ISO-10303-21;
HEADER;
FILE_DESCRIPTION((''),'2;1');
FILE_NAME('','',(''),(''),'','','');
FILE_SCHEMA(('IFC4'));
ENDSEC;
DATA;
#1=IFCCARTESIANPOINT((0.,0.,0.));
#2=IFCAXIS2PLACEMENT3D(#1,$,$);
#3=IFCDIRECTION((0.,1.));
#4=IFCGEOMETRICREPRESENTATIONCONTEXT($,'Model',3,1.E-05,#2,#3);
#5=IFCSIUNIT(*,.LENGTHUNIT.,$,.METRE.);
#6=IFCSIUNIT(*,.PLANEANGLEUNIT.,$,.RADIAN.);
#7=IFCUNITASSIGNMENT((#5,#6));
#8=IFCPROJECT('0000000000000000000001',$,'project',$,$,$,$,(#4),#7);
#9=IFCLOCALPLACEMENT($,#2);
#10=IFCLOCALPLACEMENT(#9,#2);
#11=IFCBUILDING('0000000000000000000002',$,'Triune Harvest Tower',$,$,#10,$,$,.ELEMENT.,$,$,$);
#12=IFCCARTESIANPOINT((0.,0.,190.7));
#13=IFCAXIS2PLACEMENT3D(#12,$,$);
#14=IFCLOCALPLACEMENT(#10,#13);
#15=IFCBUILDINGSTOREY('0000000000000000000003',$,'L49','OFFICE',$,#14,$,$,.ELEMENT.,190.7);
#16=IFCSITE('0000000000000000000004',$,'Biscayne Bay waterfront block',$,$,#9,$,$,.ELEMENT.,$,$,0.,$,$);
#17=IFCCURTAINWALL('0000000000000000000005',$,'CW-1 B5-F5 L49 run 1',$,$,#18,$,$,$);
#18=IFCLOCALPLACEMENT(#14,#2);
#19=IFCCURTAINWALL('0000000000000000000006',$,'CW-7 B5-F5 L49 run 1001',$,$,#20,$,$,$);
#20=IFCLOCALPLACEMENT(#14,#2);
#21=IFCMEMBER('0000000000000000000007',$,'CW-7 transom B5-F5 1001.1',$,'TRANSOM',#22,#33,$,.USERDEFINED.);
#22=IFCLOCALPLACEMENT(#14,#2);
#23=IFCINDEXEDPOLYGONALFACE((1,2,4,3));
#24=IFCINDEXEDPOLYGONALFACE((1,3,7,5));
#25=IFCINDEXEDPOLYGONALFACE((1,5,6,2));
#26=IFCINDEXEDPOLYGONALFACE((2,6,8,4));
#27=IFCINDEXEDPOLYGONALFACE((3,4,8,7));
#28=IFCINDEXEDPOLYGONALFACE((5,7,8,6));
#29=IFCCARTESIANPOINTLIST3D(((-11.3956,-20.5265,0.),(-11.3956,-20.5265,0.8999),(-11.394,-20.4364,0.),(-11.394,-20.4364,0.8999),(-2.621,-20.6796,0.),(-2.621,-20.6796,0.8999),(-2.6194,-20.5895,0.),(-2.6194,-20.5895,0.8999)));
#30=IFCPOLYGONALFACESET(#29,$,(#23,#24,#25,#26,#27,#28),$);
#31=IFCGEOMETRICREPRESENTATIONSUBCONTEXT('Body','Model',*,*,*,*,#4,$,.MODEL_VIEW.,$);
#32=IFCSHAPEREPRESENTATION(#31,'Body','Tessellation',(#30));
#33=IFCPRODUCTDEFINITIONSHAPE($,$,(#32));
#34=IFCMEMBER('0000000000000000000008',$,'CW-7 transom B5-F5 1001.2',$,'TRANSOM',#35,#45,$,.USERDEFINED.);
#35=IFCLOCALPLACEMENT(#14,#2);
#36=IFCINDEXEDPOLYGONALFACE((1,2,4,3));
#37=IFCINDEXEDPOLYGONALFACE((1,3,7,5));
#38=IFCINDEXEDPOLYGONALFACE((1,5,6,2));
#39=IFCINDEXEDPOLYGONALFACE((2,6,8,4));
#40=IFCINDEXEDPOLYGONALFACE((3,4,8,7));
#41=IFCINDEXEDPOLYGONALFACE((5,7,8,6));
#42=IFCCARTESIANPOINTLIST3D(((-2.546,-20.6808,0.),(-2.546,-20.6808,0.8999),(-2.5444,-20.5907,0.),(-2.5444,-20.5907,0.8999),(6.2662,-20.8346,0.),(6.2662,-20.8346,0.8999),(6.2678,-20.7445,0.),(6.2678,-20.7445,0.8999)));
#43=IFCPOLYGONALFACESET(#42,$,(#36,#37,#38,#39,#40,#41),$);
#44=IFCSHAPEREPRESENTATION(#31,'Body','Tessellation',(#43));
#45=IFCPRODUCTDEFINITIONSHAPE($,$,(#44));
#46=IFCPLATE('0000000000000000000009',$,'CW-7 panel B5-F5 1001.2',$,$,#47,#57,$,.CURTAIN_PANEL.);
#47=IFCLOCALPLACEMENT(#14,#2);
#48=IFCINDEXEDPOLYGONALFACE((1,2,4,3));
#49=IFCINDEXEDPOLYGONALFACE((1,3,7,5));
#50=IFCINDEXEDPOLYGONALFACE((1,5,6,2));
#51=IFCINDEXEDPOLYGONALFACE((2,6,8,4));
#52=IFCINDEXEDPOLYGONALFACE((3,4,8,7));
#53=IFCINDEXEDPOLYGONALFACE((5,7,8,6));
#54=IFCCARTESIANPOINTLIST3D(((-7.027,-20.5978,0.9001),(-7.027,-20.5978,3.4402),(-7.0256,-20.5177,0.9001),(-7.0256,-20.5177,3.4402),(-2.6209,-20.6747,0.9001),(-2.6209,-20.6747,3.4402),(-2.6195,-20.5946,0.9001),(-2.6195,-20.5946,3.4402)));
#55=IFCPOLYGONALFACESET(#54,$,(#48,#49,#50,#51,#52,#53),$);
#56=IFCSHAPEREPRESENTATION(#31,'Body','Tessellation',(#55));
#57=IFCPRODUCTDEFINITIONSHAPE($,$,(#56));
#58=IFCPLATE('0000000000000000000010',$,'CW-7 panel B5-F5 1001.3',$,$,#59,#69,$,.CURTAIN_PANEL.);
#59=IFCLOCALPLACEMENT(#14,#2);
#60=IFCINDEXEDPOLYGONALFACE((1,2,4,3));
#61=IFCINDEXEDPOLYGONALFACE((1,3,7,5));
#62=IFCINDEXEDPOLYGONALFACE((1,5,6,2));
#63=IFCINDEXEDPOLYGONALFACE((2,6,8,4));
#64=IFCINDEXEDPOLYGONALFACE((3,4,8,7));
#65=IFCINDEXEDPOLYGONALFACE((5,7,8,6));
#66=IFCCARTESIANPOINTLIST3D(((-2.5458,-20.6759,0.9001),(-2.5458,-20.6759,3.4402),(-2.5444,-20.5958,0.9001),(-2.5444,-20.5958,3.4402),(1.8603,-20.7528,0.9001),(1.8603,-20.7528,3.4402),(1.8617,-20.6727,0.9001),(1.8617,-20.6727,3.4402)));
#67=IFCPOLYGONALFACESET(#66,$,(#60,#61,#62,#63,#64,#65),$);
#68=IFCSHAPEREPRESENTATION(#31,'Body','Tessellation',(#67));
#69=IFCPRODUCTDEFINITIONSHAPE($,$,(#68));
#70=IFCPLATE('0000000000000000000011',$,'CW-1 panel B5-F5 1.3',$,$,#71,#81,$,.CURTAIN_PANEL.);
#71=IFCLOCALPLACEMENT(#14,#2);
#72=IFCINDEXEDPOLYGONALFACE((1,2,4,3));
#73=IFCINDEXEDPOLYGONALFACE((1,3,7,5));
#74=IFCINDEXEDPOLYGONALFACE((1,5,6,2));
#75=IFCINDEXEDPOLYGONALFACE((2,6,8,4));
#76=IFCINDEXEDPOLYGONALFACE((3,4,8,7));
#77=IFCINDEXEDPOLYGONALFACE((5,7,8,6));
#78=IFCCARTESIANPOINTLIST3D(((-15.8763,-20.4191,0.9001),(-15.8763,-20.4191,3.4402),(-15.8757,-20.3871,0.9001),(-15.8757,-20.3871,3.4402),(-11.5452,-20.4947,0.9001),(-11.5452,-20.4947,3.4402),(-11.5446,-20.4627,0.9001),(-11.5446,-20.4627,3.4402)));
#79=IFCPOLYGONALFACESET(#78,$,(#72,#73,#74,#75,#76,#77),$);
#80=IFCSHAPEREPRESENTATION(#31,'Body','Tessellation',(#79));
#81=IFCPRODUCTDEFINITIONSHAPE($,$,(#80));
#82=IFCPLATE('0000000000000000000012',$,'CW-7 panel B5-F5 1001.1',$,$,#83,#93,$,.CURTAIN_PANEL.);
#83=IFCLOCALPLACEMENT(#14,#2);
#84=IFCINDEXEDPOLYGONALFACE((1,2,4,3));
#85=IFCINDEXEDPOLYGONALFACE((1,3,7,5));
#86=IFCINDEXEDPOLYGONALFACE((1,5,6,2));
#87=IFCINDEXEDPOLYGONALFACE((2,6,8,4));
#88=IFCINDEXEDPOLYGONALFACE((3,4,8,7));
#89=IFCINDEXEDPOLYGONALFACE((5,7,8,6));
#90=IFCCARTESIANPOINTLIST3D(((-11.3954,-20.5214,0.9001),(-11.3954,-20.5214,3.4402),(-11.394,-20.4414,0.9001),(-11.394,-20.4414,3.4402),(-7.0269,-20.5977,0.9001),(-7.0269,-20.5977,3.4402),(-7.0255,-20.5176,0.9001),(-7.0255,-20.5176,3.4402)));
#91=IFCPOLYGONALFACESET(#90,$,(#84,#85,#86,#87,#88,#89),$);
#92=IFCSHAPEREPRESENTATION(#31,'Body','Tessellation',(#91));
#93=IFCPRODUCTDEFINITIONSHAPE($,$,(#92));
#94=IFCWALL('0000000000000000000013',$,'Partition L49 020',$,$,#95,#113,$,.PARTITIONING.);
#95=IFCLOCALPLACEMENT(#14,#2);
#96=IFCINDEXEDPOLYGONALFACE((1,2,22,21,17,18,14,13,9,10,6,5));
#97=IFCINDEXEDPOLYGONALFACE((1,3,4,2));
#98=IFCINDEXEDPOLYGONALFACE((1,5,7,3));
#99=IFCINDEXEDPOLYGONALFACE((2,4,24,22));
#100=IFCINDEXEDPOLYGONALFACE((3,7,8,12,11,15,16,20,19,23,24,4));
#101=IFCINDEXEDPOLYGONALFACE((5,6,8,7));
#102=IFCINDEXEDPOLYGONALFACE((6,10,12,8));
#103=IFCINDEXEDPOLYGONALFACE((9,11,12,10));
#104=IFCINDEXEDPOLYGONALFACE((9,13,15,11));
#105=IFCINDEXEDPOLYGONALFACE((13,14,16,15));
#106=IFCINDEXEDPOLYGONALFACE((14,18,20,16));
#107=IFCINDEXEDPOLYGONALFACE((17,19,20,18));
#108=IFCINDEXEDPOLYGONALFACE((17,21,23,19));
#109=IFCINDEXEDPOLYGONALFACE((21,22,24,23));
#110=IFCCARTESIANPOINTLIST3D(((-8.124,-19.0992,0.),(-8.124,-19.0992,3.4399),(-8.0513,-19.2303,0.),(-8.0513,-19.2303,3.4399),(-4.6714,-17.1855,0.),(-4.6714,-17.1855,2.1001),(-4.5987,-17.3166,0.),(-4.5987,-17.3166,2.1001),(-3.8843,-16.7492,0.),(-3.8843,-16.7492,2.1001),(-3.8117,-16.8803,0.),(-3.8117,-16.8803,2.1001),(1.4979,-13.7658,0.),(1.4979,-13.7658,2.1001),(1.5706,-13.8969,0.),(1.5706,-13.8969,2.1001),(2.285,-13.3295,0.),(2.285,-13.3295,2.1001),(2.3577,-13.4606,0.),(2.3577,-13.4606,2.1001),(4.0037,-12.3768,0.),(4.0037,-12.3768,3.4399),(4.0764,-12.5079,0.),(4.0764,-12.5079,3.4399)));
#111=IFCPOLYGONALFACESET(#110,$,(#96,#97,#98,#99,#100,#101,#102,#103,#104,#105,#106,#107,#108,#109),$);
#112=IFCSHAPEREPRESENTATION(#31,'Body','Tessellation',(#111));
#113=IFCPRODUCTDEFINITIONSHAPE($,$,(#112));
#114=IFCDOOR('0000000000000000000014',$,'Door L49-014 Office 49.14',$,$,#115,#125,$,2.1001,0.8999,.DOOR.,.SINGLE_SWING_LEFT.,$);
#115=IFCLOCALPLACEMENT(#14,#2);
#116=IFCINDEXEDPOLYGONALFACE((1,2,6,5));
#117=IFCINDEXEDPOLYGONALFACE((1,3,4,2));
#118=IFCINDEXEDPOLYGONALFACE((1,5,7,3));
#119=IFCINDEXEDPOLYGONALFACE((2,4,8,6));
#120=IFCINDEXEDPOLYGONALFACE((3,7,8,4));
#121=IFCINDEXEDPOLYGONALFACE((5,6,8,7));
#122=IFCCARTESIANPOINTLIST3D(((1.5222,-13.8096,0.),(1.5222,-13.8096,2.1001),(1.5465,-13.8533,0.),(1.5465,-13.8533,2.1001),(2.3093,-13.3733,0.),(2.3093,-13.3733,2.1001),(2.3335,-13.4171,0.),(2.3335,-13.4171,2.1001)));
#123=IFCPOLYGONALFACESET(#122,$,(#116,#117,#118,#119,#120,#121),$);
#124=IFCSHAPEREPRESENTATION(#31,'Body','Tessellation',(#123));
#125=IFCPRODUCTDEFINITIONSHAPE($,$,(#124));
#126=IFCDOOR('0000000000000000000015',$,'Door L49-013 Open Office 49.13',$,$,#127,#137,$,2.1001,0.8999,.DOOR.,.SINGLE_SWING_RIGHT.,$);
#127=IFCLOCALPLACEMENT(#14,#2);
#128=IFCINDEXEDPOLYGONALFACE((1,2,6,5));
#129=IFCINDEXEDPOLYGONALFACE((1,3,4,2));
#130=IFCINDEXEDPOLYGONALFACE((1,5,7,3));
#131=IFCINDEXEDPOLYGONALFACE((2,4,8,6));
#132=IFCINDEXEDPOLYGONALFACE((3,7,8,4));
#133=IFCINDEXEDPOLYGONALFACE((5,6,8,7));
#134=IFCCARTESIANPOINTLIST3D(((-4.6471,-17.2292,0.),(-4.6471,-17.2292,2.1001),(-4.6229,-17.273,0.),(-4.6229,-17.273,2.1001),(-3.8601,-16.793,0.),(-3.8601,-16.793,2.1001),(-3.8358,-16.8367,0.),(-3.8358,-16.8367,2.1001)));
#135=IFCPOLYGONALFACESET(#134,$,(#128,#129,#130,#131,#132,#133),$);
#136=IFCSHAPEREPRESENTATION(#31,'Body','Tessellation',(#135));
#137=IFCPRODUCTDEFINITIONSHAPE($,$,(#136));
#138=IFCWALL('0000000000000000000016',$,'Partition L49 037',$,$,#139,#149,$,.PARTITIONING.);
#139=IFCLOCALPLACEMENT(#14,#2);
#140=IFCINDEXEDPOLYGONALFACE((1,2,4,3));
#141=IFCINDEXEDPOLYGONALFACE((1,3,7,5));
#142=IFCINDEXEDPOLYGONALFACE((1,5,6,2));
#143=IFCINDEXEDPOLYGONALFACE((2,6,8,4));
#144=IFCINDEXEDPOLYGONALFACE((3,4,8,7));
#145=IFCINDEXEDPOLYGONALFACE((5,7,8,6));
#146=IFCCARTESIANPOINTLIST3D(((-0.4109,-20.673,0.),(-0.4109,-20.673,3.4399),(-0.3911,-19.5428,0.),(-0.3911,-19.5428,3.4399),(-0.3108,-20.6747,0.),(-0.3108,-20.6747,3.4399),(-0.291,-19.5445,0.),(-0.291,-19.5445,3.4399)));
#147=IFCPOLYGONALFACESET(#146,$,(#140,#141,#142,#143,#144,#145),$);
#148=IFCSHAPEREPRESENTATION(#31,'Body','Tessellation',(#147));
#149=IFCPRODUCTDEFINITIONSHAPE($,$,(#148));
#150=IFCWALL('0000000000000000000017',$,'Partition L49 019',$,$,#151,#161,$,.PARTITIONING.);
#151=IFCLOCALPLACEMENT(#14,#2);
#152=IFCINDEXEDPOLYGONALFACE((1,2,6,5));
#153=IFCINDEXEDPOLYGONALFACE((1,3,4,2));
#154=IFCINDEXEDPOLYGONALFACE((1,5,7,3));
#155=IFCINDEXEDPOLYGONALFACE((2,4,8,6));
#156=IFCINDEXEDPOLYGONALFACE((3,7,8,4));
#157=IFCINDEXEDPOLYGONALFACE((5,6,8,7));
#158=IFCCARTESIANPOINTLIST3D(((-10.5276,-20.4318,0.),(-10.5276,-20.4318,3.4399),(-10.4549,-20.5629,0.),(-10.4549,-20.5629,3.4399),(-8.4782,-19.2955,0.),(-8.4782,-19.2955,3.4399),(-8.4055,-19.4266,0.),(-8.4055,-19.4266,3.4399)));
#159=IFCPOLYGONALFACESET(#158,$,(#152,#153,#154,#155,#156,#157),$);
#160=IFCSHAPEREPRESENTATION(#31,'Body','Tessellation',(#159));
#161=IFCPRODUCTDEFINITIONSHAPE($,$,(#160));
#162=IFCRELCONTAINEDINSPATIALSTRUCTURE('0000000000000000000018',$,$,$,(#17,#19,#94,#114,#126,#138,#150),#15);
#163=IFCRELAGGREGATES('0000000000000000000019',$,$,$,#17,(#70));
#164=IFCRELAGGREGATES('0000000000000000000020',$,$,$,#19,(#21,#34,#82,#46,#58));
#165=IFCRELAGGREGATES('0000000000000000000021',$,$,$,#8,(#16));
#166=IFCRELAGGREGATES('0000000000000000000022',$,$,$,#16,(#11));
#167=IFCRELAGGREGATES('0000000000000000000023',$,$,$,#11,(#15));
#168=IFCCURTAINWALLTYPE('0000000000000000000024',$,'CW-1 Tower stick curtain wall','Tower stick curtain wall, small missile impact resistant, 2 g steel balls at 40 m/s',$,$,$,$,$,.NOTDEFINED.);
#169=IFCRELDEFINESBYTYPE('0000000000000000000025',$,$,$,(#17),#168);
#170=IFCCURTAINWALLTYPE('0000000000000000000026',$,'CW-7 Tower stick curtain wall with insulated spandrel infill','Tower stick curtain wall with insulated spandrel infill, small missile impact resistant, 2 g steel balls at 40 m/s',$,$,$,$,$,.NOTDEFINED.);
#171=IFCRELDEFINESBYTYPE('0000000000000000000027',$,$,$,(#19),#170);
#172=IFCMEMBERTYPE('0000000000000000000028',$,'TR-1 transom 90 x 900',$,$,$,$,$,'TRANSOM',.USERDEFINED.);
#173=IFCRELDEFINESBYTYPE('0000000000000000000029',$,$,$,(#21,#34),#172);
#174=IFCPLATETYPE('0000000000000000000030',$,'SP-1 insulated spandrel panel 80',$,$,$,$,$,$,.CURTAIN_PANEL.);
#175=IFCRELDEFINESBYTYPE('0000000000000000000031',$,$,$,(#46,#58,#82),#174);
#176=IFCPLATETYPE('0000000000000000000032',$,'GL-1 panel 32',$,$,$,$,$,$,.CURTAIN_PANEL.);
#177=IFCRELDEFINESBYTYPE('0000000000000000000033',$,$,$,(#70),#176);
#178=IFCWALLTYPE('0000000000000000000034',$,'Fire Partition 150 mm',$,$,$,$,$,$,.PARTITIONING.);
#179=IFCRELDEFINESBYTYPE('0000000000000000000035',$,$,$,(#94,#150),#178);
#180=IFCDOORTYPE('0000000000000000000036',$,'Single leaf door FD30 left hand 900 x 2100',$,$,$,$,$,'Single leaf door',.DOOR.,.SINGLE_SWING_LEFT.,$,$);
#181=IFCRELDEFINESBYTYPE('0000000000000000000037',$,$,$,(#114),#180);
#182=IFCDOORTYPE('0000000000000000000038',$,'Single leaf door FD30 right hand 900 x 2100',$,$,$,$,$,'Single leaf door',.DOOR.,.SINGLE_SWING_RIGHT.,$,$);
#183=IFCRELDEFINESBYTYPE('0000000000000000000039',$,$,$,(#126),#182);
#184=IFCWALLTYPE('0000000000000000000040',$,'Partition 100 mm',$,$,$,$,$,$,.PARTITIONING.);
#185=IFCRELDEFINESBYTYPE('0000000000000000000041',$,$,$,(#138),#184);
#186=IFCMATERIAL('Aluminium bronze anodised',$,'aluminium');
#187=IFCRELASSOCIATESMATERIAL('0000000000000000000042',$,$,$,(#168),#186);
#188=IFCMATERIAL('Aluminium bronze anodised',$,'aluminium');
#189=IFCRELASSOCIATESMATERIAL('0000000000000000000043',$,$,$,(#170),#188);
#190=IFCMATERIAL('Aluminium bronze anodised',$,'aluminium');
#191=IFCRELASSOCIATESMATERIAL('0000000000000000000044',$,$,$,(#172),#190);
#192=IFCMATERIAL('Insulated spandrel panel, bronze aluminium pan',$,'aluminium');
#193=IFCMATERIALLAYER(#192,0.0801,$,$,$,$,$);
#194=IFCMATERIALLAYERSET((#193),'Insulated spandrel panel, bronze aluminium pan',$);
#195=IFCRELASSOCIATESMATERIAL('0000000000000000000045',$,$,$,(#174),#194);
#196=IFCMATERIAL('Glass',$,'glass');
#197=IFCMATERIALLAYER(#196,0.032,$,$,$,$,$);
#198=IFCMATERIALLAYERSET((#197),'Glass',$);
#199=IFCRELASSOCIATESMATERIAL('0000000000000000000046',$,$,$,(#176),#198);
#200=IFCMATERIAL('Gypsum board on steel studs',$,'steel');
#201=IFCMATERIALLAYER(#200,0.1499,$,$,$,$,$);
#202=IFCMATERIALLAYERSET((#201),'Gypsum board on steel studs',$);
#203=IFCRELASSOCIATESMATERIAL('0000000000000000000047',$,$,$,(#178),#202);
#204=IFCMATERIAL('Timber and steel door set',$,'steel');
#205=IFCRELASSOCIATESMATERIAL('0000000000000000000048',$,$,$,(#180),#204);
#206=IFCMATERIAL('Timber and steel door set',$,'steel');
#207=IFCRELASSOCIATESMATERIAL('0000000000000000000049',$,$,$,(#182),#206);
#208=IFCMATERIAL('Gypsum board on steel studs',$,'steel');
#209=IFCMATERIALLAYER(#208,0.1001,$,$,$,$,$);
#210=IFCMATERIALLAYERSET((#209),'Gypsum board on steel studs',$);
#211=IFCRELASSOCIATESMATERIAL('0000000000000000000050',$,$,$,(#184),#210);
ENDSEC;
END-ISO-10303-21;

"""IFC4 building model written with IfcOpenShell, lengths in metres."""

from ifc_helpers import new_model, si_unit, direction, frame, frame_2d, origin, origin_2d, place, context, subcontext, project, spatial, rectangle, extrude, source, transform, mapped, material, layer, layer_set, material_profile, profile_set, type_object, element, fill, aggregate, save


model = new_model("IFC4")

# Units and contexts
model_context = context("Model", 3, precision=1e-05, world=origin(), true_north=direction((0.0, 1.0)))
body_context = subcontext(model_context, "Body", "Model", "MODEL_VIEW")
ifc_project = project(units=[si_unit("LENGTHUNIT", "METRE"), si_unit("PLANEANGLEUNIT", "RADIAN")], contexts=[model_context])

# Site, building, storey
site_placement = place(None, origin())
site = spatial("IfcSite", under=ifc_project, at=site_placement, Name="Biscayne Bay waterfront block", CompositionType="ELEMENT", RefElevation=0.0)
building_placement = place(site_placement, origin())
building = spatial("IfcBuilding", under=site, at=building_placement, Name="Triune Harvest Tower", CompositionType="ELEMENT")
storey_placement = place(building_placement, frame((0.0, 0.0, 190.7)))
storey = spatial("IfcBuildingStorey", under=building, at=storey_placement, Name="L49", Description="OFFICE", CompositionType="ELEMENT", Elevation=190.7)

# Curtain wall
ifc_material_1 = material(Name="Aluminium bronze anodised", Category="aluminium")
curtain_wall_type_1 = type_object("IfcCurtainWallType", Name="CW-1 Tower stick curtain wall", Description="Tower stick curtain wall, small missile impact resistant, 2 g steel balls at 40 m/s", PredefinedType="NOTDEFINED", material=ifc_material_1)
curtain_wall_1_placement = place(storey_placement, origin())
curtain_wall_1 = element("IfcCurtainWall", 1, at=curtain_wall_1_placement, inside=storey, type_object=curtain_wall_type_1, Name="CW-1 B5-F5 L49 run 1")

# Curtain wall, members, plates
ifc_material_2 = material(Name="Aluminium bronze anodised", Category="aluminium")
curtain_wall_type_2 = type_object("IfcCurtainWallType", Name="CW-7 Tower stick curtain wall with insulated spandrel infill", Description="Tower stick curtain wall with insulated spandrel infill, small missile impact resistant, 2 g steel balls at 40 m/s", PredefinedType="NOTDEFINED", material=ifc_material_2)
curtain_wall_2_placement = place(storey_placement, origin())
curtain_wall_2 = element("IfcCurtainWall", 2, at=curtain_wall_2_placement, inside=storey, type_object=curtain_wall_type_2, Name="CW-7 B5-F5 L49 run 1001")
ifc_material_3 = material(Name="Aluminium bronze anodised", Category="aluminium")
ifc_material_profile_1 = material_profile(ifc_material_3, rectangle(XDim=0.0901, YDim=0.8999, at=origin_2d()), Name="TR-1 transom 90 x 900")
ifc_profile_set_1 = profile_set([ifc_material_profile_1], Name="Aluminium bronze anodised")
member_type_1 = type_object("IfcMemberType", Name="TR-1 transom 90 x 900", ElementType="TRANSOM", PredefinedType="USERDEFINED", material=ifc_profile_set_1)
shared_shape_1 = source(origin(), body_context, "Body", "SweptSolid", [
    extrude(rectangle(XDim=0.0901, YDim=0.8999, at=origin_2d()), origin(), (0.0, 0.0, 1.0), 8.7759),
])
member_1_placement = place(storey_placement, frame((-11.3948, -20.4814, 0.45), z_axis=(0.999848, -0.017443, 0.0), x_axis=(0.017443, 0.999848, 0.0)))
member_1 = element("IfcMember", 3, at=member_1_placement, type_object=member_type_1, Name="CW-7 transom B5-F5 1001.1", ObjectType="TRANSOM", PredefinedType="USERDEFINED", context=body_context, shape_type="MappedRepresentation", body=[
    mapped(shared_shape_1, transform((0.0, 0.0, 0.0), scale=1.0)),
])
shared_shape_2 = source(origin(), body_context, "Body", "SweptSolid", [
    extrude(rectangle(XDim=0.0901, YDim=0.8999, at=origin_2d()), origin(), (0.0, 0.0, 1.0), 8.8135),
])
member_2_placement = place(storey_placement, frame((-2.5452, -20.6357, 0.45), z_axis=(0.999848, -0.017451, 0.0), x_axis=(0.017451, 0.999848, 0.0)))
member_2 = element("IfcMember", 4, at=member_2_placement, type_object=member_type_1, Name="CW-7 transom B5-F5 1001.2", ObjectType="TRANSOM", PredefinedType="USERDEFINED", context=body_context, shape_type="MappedRepresentation", body=[
    mapped(shared_shape_2, transform((0.0, 0.0, 0.0), scale=1.0)),
])
ifc_material_4 = material(Name="Insulated spandrel panel, bronze aluminium pan", Category="aluminium")
ifc_layer_1 = layer(ifc_material_4, 0.0801)
ifc_layer_set_1 = layer_set([ifc_layer_1], Name="Insulated spandrel panel, bronze aluminium pan")
plate_type_1 = type_object("IfcPlateType", Name="SP-1 insulated spandrel panel 80", PredefinedType="CURTAIN_PANEL", material=ifc_layer_set_1)
shared_shape_3 = source(origin(), body_context, "Body", "SweptSolid", [
    extrude(rectangle(XDim=4.4067, YDim=0.0801, at=origin_2d()), origin(), (0.0, 0.0, 1.0), 2.54),
])
plate_1_placement = place(storey_placement, frame((-4.8232, -20.5962, 0.9001), z_axis=(0.0, 0.0, 1.0), x_axis=(0.999848, -0.017447, 0.0)))
plate_1 = element("IfcPlate", 5, at=plate_1_placement, type_object=plate_type_1, Name="CW-7 panel B5-F5 1001.2", PredefinedType="CURTAIN_PANEL", context=body_context, shape_type="MappedRepresentation", body=[
    mapped(shared_shape_3, transform((0.0, 0.0, 0.0), scale=1.0)),
])
plate_2_placement = place(storey_placement, frame((-0.342, -20.6743, 0.9001), z_axis=(0.0, 0.0, 1.0), x_axis=(0.999848, -0.017447, 0.0)))
plate_2 = element("IfcPlate", 6, at=plate_2_placement, type_object=plate_type_1, Name="CW-7 panel B5-F5 1001.3", PredefinedType="CURTAIN_PANEL", context=body_context, shape_type="MappedRepresentation", body=[
    mapped(shared_shape_3, transform((0.0, 0.0, 0.0), scale=1.0)),
])

# Plates
ifc_material_5 = material(Name="Glass", Category="glass")
ifc_layer_2 = layer(ifc_material_5, 0.032)
ifc_layer_set_2 = layer_set([ifc_layer_2], Name="Glass")
plate_type_2 = type_object("IfcPlateType", Name="GL-1 panel 32", PredefinedType="CURTAIN_PANEL", material=ifc_layer_set_2)
shared_shape_4 = source(origin(), body_context, "Body", "SweptSolid", [
    extrude(rectangle(XDim=4.3318, YDim=0.032, at=origin_2d()), origin(), (0.0, 0.0, 1.0), 2.54),
])
plate_3_placement = place(storey_placement, frame((-13.7104, -20.4409, 0.9001), z_axis=(0.0, 0.0, 1.0), x_axis=(0.999848, -0.017455, 0.0)))
plate_3 = element("IfcPlate", 7, at=plate_3_placement, type_object=plate_type_2, Name="CW-1 panel B5-F5 1.3", PredefinedType="CURTAIN_PANEL", context=body_context, shape_type="MappedRepresentation", body=[
    mapped(shared_shape_4, transform((0.0, 0.0, 0.0), scale=1.0)),
])
aggregate(curtain_wall_1, [plate_3])
shared_shape_5 = source(origin(), body_context, "Body", "SweptSolid", [
    extrude(rectangle(XDim=4.3691, YDim=0.0801, at=origin_2d()), origin(), (0.0, 0.0, 1.0), 2.54),
])
plate_4_placement = place(storey_placement, frame((-9.2104, -20.5195, 0.9001), z_axis=(0.0, 0.0, 1.0), x_axis=(0.999848, -0.017447, 0.0)))
plate_4 = element("IfcPlate", 8, at=plate_4_placement, type_object=plate_type_1, Name="CW-7 panel B5-F5 1001.1", PredefinedType="CURTAIN_PANEL", context=body_context, shape_type="MappedRepresentation", body=[
    mapped(shared_shape_5, transform((0.0, 0.0, 0.0), scale=1.0)),
])
aggregate(curtain_wall_2, [member_1, member_2, plate_4, plate_1, plate_2])

# Wall, openings, doors
ifc_material_6 = material(Name="Gypsum board on steel studs", Category="steel")
ifc_layer_3 = layer(ifc_material_6, 0.1499)
ifc_layer_set_3 = layer_set([ifc_layer_3], Name="Gypsum board on steel studs")
wall_type_1 = type_object("IfcWallType", Name="Fire Partition 150 mm", PredefinedType="PARTITIONING", material=ifc_layer_set_3)
wall_1_placement = place(storey_placement, frame((-8.0876, -19.1648, 0.0), z_axis=(0.0, 0.0, 1.0), x_axis=(0.874622, 0.484806, 0.0)))
wall_1 = element("IfcWall", 9, at=wall_1_placement, inside=storey, type_object=wall_type_1, Name="Partition L49 020", PredefinedType="PARTITIONING", context=body_context, shape_type="SweptSolid", body=[
    extrude(rectangle(XDim=13.8662, YDim=0.1499, at=frame_2d((6.9331, 0.0))), origin(), (0.0, 0.0, 1.0), 3.4399),
])
opening_1_placement = place(wall_1_placement, frame((3.9475, 0.0, 0.0)))
opening_1 = element("IfcOpeningElement", 10, at=opening_1_placement, cuts=wall_1, PredefinedType="OPENING", context=body_context, shape_type="SweptSolid", body=[
    extrude(rectangle(XDim=0.8999, YDim=2.1001, at=frame_2d((0.45, 1.05))), frame((0.0, 0.085, 0.0), z_axis=(0.0, -1.0, 0.0), x_axis=(1.0, 0.0, 0.0)), (0.0, 0.0, 1.0), 0.1699),
])
opening_2_placement = place(wall_1_placement, frame((11.0012, 0.0, 0.0)))
opening_2 = element("IfcOpeningElement", 11, at=opening_2_placement, cuts=wall_1, PredefinedType="OPENING", context=body_context, shape_type="SweptSolid", body=[
    extrude(rectangle(XDim=0.8999, YDim=2.1001, at=frame_2d((0.45, 1.05))), frame((0.0, 0.085, 0.0), z_axis=(0.0, -1.0, 0.0), x_axis=(1.0, 0.0, 0.0)), (0.0, 0.0, 1.0), 0.1699),
])
ifc_material_7 = material(Name="Timber and steel door set", Category="steel")
door_type_1 = type_object("IfcDoorType", Name="Single leaf door FD30 left hand 900 x 2100", ElementType="Single leaf door", OperationType="SINGLE_SWING_LEFT", PredefinedType="DOOR", material=ifc_material_7)
door_1_placement = place(opening_2_placement, origin())
door_1 = element("IfcDoor", 12, at=door_1_placement, inside=storey, type_object=door_type_1, Name="Door L49-014 Office 49.14", OperationType="SINGLE_SWING_LEFT", OverallHeight=2.1001, OverallWidth=0.8999, PredefinedType="DOOR", context=body_context, shape_type="SweptSolid", body=[
    extrude(rectangle(XDim=0.8999, YDim=2.1001, at=frame_2d((0.45, 1.05))), frame((0.0, 0.0249, 0.0), z_axis=(0.0, -1.0, 0.0), x_axis=(1.0, 0.0, 0.0)), (0.0, 0.0, 1.0), 0.05),
])
fill(opening_2, door_1)
ifc_material_8 = material(Name="Timber and steel door set", Category="steel")
door_type_2 = type_object("IfcDoorType", Name="Single leaf door FD30 right hand 900 x 2100", ElementType="Single leaf door", OperationType="SINGLE_SWING_RIGHT", PredefinedType="DOOR", material=ifc_material_8)
door_2_placement = place(opening_1_placement, origin())
door_2 = element("IfcDoor", 13, at=door_2_placement, inside=storey, type_object=door_type_2, Name="Door L49-013 Open Office 49.13", OperationType="SINGLE_SWING_RIGHT", OverallHeight=2.1001, OverallWidth=0.8999, PredefinedType="DOOR", context=body_context, shape_type="SweptSolid", body=[
    extrude(rectangle(XDim=0.8999, YDim=2.1001, at=frame_2d((0.45, 1.05))), frame((0.0, 0.0249, 0.0), z_axis=(0.0, -1.0, 0.0), x_axis=(1.0, 0.0, 0.0)), (0.0, 0.0, 1.0), 0.05),
])
fill(opening_1, door_2)

# Walls
ifc_material_9 = material(Name="Gypsum board on steel studs", Category="steel")
ifc_layer_4 = layer(ifc_material_9, 0.1001)
ifc_layer_set_4 = layer_set([ifc_layer_4], Name="Gypsum board on steel studs")
wall_type_2 = type_object("IfcWallType", Name="Partition 100 mm", PredefinedType="PARTITIONING", material=ifc_layer_set_4)
shared_shape_6 = source(origin(), body_context, "Body", "SweptSolid", [
    extrude(rectangle(XDim=1.1304, YDim=0.1001, at=frame_2d((0.5652, 0.0))), origin(), (0.0, 0.0, 1.0), 3.4399),
])
wall_2_placement = place(storey_placement, frame((-0.3608, -20.6738, 0.0), z_axis=(0.0, 0.0, 1.0), x_axis=(0.017496, 0.999847, 0.0)))
element("IfcWall", 14, at=wall_2_placement, inside=storey, type_object=wall_type_2, Name="Partition L49 037", PredefinedType="PARTITIONING", context=body_context, shape_type="MappedRepresentation", body=[
    mapped(shared_shape_6, transform((0.0, 0.0, 0.0), scale=1.0)),
])
shared_shape_7 = source(origin(), body_context, "Body", "SweptSolid", [
    extrude(rectangle(XDim=2.3433, YDim=0.1499, at=frame_2d((1.1716, 0.0))), origin(), (0.0, 0.0, 1.0), 3.4399),
])
wall_3_placement = place(storey_placement, frame((-10.4912, -20.4973, 0.0), z_axis=(0.0, 0.0, 1.0), x_axis=(0.87457, 0.4849, 0.0)))
element("IfcWall", 15, at=wall_3_placement, inside=storey, type_object=wall_type_1, Name="Partition L49 019", PredefinedType="PARTITIONING", context=body_context, shape_type="MappedRepresentation", body=[
    mapped(shared_shape_7, transform((0.0, 0.0, 0.0), scale=1.0)),
])

save(model, "model.ifc")
